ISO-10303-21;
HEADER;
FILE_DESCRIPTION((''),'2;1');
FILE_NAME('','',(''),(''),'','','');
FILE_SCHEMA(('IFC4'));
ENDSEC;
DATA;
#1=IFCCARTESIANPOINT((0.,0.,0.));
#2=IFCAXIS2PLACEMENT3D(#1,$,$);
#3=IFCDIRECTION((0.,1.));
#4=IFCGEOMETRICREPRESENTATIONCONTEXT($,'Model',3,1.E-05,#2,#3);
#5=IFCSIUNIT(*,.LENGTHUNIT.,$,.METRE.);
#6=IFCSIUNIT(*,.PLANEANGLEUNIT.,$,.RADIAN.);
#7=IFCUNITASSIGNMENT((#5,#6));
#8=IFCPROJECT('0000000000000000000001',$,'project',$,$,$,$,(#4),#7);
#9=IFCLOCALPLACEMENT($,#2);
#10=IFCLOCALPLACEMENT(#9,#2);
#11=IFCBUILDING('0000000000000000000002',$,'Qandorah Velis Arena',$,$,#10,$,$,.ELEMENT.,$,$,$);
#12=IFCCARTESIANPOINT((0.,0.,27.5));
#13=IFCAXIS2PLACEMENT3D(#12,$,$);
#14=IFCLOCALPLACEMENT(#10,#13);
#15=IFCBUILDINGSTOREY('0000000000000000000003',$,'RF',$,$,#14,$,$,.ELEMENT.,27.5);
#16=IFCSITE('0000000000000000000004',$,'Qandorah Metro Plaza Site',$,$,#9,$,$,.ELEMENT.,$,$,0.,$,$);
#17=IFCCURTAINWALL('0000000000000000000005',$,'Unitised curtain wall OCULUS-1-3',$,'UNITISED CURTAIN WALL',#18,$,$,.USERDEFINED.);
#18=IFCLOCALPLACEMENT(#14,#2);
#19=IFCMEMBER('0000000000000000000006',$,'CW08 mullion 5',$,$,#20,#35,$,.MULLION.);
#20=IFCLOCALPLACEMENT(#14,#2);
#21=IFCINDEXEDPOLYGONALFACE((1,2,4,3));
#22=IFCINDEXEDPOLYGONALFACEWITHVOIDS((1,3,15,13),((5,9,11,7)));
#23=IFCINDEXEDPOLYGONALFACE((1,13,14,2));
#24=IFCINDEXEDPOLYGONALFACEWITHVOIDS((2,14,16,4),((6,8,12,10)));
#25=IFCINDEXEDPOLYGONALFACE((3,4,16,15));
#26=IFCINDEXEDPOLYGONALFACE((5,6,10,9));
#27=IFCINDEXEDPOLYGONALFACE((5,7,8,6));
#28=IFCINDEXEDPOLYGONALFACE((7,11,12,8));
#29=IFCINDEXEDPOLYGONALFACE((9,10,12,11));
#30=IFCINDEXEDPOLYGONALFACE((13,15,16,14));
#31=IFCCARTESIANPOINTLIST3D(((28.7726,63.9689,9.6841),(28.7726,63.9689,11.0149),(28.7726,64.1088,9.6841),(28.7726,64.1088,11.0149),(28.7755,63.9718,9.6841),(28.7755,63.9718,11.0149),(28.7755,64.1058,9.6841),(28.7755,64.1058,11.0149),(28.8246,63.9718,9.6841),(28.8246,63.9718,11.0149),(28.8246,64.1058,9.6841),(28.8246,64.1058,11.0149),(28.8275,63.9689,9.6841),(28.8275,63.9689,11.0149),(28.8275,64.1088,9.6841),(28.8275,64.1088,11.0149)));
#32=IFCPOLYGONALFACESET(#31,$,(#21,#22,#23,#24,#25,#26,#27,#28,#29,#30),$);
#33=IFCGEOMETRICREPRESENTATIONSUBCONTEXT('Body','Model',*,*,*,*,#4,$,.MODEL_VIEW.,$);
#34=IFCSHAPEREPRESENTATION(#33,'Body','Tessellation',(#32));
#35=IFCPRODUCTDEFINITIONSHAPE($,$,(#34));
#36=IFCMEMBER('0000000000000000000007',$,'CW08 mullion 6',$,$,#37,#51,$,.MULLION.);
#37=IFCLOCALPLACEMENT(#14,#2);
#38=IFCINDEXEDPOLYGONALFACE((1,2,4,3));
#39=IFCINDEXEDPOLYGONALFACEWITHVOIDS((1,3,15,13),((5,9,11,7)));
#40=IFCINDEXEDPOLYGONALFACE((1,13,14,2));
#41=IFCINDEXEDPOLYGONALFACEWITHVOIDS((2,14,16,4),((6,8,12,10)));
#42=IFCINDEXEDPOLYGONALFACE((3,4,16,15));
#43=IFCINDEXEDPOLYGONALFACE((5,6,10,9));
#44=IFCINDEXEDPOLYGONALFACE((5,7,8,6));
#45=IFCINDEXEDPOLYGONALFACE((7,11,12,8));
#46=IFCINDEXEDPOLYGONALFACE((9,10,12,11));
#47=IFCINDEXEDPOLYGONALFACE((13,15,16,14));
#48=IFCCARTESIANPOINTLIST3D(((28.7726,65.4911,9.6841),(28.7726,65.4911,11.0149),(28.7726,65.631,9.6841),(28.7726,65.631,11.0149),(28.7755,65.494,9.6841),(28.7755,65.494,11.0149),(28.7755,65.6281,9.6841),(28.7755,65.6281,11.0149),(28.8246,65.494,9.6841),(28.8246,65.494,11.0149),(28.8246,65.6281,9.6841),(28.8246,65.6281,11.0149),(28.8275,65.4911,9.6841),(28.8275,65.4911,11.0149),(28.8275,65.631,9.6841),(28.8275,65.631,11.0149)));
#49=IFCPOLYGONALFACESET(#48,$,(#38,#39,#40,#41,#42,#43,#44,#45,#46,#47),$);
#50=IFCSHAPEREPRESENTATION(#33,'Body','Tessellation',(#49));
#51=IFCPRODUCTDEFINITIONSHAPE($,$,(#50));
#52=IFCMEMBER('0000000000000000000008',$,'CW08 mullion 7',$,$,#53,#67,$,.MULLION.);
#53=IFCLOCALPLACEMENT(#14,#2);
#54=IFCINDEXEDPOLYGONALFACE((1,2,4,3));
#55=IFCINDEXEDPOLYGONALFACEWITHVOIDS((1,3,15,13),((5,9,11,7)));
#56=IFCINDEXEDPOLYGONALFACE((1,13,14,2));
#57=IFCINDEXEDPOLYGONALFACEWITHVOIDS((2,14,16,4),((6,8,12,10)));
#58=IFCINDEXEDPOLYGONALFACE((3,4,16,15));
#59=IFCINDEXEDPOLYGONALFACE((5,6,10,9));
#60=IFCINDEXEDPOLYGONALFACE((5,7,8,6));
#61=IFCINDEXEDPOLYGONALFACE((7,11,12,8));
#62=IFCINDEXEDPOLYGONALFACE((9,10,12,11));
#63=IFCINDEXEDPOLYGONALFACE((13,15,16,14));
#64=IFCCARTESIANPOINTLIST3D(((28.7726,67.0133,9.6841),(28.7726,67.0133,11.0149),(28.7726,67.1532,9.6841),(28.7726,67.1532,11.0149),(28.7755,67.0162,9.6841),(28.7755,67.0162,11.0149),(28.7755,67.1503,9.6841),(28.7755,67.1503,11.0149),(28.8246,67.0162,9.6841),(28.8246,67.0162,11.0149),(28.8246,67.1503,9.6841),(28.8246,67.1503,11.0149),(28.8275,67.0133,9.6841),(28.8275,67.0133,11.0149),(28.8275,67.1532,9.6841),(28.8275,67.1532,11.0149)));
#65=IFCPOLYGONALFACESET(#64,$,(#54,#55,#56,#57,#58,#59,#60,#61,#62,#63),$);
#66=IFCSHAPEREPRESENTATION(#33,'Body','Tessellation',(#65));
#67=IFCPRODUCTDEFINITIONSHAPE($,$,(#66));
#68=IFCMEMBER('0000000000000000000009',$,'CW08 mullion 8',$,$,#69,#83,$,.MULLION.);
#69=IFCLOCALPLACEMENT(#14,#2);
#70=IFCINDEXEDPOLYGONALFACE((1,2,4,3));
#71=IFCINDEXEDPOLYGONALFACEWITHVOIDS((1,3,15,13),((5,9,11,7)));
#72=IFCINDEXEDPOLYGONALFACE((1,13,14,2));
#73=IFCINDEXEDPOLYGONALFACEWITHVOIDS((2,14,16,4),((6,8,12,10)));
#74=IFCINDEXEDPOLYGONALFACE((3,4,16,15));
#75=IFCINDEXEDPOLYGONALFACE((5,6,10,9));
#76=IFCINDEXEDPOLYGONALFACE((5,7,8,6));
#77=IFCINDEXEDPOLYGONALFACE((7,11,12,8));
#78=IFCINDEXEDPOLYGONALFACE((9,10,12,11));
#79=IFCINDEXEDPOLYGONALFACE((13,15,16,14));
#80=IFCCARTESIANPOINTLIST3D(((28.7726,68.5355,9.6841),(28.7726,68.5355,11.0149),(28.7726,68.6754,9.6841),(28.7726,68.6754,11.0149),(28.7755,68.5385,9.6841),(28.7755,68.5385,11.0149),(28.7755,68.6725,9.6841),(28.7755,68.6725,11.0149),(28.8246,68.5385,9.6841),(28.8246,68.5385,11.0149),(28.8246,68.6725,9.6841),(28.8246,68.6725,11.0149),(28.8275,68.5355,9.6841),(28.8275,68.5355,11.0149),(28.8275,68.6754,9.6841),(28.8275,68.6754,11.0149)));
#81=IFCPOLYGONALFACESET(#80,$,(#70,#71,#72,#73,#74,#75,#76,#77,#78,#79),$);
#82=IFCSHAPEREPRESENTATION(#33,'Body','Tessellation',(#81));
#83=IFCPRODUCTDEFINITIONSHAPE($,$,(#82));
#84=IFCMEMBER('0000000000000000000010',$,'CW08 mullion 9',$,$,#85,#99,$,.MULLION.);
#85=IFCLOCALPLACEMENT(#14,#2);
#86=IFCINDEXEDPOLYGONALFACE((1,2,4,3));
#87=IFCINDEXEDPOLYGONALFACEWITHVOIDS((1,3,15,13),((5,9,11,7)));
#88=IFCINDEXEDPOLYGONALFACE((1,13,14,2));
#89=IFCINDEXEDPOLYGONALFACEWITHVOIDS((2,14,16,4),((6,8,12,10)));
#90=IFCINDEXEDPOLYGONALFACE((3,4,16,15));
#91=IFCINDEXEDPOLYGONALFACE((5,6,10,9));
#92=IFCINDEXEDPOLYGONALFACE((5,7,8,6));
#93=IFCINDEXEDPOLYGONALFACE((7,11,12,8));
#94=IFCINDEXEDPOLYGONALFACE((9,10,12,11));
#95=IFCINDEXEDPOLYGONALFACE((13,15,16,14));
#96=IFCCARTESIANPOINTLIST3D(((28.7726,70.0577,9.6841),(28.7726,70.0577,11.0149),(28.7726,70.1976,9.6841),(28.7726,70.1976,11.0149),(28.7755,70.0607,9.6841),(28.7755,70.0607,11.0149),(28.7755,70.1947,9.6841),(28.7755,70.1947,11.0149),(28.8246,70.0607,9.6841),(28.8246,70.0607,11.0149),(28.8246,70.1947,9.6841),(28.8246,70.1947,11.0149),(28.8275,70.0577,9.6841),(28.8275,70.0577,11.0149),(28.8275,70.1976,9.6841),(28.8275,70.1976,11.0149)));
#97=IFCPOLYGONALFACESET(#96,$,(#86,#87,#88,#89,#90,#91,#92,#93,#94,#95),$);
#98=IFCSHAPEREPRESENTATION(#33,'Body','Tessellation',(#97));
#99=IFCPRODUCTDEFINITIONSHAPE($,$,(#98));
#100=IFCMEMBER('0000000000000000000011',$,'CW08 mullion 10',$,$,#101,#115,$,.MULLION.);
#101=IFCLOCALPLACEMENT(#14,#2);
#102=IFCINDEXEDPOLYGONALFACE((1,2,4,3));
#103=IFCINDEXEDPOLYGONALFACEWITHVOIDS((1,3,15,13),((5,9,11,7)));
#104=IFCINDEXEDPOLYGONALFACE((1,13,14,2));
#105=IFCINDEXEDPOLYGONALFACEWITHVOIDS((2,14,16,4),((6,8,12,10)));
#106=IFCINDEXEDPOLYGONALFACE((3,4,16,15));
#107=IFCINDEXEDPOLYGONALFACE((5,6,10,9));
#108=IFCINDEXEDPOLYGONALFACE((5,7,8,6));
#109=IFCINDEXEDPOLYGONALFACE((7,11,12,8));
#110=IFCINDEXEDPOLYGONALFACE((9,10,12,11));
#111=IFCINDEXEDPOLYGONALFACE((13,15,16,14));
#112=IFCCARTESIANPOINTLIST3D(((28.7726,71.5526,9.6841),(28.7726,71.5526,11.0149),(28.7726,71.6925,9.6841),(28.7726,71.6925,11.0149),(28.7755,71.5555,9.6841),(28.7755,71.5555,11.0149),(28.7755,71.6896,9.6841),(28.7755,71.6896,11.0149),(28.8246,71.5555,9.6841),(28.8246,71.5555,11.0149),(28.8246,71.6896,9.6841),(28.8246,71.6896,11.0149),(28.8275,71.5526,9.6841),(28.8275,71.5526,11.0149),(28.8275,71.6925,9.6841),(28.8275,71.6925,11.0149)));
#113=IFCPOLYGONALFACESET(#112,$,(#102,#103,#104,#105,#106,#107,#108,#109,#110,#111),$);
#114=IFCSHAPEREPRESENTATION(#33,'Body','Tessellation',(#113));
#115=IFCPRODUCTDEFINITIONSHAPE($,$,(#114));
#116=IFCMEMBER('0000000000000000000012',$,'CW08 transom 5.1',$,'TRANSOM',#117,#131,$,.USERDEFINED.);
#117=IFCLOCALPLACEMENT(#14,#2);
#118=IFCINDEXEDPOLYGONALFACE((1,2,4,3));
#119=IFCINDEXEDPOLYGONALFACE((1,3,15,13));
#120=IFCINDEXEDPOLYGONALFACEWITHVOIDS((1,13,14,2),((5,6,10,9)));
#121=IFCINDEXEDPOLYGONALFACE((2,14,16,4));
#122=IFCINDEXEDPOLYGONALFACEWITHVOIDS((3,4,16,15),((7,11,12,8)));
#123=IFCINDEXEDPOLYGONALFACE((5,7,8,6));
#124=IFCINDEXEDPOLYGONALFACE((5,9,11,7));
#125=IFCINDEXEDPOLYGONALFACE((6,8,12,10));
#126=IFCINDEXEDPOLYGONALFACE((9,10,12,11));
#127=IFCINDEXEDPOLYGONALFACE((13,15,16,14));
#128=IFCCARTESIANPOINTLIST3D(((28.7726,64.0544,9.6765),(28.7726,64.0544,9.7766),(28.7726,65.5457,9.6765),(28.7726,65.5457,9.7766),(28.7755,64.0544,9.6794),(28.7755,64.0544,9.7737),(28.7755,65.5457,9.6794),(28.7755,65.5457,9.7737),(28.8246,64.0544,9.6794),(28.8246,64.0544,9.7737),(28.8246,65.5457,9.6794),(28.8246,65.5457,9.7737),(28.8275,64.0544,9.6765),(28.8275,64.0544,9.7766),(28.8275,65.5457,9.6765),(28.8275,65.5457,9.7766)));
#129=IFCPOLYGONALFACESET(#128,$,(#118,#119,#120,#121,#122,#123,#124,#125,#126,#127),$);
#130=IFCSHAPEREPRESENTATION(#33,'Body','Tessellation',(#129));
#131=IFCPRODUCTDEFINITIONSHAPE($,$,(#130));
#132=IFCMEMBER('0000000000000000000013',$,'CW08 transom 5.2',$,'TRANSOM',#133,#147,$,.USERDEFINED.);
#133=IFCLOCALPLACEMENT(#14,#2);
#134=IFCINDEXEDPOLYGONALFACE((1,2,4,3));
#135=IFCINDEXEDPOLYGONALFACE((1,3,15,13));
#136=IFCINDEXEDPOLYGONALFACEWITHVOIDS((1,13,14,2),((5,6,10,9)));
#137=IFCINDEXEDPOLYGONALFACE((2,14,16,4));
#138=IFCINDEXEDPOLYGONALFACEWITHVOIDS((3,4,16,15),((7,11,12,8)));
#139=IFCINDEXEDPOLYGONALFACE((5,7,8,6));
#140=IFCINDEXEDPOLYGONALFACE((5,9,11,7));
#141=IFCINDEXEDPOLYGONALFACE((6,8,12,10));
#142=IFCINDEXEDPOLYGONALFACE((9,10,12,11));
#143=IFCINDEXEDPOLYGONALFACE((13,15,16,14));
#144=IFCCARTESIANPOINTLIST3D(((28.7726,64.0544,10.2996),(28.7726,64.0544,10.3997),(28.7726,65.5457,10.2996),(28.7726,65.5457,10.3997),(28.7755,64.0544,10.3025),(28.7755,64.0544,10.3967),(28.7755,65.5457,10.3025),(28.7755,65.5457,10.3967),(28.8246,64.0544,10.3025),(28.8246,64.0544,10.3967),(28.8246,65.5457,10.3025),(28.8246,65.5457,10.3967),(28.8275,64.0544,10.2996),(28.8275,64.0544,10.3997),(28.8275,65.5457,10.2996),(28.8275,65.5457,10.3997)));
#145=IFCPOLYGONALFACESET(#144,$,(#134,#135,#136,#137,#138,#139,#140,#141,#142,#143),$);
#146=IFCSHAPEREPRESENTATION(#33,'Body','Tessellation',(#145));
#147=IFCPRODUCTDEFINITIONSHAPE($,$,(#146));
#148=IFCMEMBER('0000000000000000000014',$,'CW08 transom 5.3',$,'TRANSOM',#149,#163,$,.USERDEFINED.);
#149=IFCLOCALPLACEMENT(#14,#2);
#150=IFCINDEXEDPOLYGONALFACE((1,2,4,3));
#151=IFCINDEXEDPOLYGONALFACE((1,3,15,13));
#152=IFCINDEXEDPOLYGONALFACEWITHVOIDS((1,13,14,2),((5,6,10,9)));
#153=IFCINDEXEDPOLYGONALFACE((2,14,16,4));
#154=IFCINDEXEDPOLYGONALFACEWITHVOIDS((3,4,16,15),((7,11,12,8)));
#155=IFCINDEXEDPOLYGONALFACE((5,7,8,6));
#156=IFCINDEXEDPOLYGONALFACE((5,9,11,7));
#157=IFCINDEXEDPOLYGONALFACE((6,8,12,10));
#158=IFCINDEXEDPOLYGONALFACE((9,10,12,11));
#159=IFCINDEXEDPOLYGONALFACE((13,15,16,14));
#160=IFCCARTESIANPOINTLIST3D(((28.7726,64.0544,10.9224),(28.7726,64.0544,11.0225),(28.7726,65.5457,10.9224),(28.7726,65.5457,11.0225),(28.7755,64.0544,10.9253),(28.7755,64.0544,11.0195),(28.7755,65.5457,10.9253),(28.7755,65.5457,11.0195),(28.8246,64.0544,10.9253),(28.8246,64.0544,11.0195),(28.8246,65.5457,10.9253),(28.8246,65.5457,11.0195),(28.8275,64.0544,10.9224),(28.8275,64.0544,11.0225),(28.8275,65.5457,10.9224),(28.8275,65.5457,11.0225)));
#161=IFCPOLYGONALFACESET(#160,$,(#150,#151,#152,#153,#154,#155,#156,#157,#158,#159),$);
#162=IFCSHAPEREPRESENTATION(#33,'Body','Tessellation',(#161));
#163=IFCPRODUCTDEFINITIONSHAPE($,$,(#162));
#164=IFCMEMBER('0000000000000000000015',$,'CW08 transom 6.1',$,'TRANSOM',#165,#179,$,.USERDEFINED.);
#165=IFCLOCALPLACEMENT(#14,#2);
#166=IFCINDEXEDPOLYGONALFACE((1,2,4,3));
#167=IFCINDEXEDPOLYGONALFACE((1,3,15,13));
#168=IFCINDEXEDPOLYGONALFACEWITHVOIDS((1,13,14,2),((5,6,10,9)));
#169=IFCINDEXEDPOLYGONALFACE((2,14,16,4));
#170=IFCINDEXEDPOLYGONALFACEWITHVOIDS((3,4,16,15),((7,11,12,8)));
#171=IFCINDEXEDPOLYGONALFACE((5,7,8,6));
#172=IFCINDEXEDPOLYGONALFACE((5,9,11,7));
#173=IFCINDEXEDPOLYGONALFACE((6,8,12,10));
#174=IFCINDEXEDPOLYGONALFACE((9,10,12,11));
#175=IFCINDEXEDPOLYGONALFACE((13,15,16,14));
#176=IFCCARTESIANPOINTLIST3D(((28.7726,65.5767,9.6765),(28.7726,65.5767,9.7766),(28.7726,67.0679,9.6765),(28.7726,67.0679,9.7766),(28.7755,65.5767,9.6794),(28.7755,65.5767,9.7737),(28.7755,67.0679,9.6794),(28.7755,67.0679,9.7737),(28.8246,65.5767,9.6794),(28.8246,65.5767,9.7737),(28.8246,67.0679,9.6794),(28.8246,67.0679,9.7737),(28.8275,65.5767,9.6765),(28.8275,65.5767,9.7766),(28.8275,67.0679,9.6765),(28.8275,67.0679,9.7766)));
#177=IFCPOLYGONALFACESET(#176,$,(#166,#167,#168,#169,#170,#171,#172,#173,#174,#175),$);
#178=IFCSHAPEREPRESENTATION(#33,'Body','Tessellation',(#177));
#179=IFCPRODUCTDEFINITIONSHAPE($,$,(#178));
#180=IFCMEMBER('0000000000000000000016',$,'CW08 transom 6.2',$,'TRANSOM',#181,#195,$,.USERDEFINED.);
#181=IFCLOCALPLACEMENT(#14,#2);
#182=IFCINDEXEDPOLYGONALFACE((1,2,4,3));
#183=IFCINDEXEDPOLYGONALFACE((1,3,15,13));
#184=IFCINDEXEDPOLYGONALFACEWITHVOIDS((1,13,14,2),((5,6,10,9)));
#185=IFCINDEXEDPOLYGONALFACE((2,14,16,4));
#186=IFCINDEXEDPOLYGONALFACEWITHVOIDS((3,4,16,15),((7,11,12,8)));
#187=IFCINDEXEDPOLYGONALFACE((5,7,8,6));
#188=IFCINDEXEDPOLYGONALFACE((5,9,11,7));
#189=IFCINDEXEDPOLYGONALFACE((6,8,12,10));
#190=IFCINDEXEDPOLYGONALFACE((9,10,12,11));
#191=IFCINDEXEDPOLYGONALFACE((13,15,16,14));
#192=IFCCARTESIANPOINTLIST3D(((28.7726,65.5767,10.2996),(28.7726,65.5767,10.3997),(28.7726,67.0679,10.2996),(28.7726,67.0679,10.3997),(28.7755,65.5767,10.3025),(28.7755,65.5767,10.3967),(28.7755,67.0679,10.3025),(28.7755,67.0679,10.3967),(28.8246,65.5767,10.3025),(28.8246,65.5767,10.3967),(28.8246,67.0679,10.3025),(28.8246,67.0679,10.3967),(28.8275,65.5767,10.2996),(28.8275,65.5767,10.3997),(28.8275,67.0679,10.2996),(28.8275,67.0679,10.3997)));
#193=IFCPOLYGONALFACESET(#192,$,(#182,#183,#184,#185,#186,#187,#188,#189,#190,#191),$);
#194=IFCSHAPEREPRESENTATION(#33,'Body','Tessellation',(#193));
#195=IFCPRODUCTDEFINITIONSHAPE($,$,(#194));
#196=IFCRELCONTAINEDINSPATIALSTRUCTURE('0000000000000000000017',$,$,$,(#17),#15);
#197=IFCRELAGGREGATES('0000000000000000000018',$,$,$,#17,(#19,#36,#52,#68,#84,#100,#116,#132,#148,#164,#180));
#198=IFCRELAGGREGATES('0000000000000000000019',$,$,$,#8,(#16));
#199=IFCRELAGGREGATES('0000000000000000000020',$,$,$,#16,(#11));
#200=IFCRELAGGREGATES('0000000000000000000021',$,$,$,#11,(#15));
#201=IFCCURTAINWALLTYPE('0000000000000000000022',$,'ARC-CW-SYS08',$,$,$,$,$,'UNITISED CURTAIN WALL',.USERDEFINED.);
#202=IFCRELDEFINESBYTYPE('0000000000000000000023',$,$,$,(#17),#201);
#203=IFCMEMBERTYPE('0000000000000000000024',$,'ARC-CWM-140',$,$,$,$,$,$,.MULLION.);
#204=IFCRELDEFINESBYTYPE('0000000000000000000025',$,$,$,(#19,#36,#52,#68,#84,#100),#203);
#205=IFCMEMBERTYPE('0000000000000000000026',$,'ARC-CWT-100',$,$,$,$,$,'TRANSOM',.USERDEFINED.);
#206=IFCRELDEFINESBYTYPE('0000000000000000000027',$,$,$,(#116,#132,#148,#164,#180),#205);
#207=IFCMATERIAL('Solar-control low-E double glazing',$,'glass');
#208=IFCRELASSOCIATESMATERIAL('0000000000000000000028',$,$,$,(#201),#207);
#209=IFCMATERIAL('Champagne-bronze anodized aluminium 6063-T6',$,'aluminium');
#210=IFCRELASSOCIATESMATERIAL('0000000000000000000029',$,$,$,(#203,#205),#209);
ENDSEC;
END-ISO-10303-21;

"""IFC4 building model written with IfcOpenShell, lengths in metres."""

from ifc_helpers import new_model, si_unit, direction, frame, origin, origin_2d, place, context, subcontext, project, spatial, hollow_rectangle, extrude, material, material_profile, profile_set, type_object, element, aggregate, save


model = new_model("IFC4")

# Units and contexts
model_context = context("Model", 3, precision=1e-05, world=origin(), true_north=direction((0.0, 1.0)))
body_context = subcontext(model_context, "Body", "Model", "MODEL_VIEW")
ifc_project = project(units=[si_unit("LENGTHUNIT", "METRE"), si_unit("PLANEANGLEUNIT", "RADIAN")], contexts=[model_context])

# Site, building, storey
site_placement = place(None, origin())
site = spatial("IfcSite", under=ifc_project, at=site_placement, Name="Qandorah Metro Plaza Site", CompositionType="ELEMENT", RefElevation=0.0)
building_placement = place(site_placement, origin())
building = spatial("IfcBuilding", under=site, at=building_placement, Name="Qandorah Velis Arena", CompositionType="ELEMENT")
storey_placement = place(building_placement, frame((0.0, 0.0, 27.5)))
storey = spatial("IfcBuildingStorey", under=building, at=storey_placement, Name="RF", CompositionType="ELEMENT", Elevation=27.5)

# Curtain wall, members
ifc_material_1 = material(Name="Solar-control low-E double glazing", Category="glass")
curtain_wall_type = type_object("IfcCurtainWallType", Name="ARC-CW-SYS08", ElementType="UNITISED CURTAIN WALL", PredefinedType="USERDEFINED", material=ifc_material_1)
curtain_wall_placement = place(storey_placement, origin())
curtain_wall = element("IfcCurtainWall", 1, at=curtain_wall_placement, inside=storey, type_object=curtain_wall_type, Name="Unitised curtain wall OCULUS-1-3", ObjectType="UNITISED CURTAIN WALL", PredefinedType="USERDEFINED")
ifc_material_2 = material(Name="Champagne-bronze anodized aluminium 6063-T6", Category="aluminium")
ifc_material_profile_1 = material_profile(ifc_material_2, hollow_rectangle(XDim=0.0549, YDim=0.1399, WallThickness=0.0029, at=origin_2d()), Name="ALU MULLION 55x140")
ifc_profile_set_1 = profile_set([ifc_material_profile_1], Name="Champagne-bronze anodized aluminium 6063-T6")
member_type_1 = type_object("IfcMemberType", Name="ARC-CWM-140", PredefinedType="MULLION", material=ifc_profile_set_1)
member_1_placement = place(storey_placement, frame((28.8, 64.0388, 9.6841), z_axis=(0.0, 0.0, 1.0), x_axis=(-1.0, 0.0, 0.0)))
member_1 = element("IfcMember", 2, at=member_1_placement, type_object=member_type_1, Name="CW08 mullion 5", PredefinedType="MULLION", context=body_context, shape_type="SweptSolid", body=[
    extrude(hollow_rectangle(XDim=0.0549, YDim=0.1399, WallThickness=0.0029, at=origin_2d()), origin(), (0.0, 0.0, 1.0), 1.3308),
])
member_2_placement = place(storey_placement, frame((28.8, 65.561, 9.6841), z_axis=(0.0, 0.0, 1.0), x_axis=(-1.0, 0.0, 0.0)))
member_2 = element("IfcMember", 3, at=member_2_placement, type_object=member_type_1, Name="CW08 mullion 6", PredefinedType="MULLION", context=body_context, shape_type="SweptSolid", body=[
    extrude(hollow_rectangle(XDim=0.0549, YDim=0.1399, WallThickness=0.0029, at=origin_2d()), origin(), (0.0, 0.0, 1.0), 1.3308),
])
member_3_placement = place(storey_placement, frame((28.8, 67.0833, 9.6841), z_axis=(0.0, 0.0, 1.0), x_axis=(-1.0, 0.0, 0.0)))
member_3 = element("IfcMember", 4, at=member_3_placement, type_object=member_type_1, Name="CW08 mullion 7", PredefinedType="MULLION", context=body_context, shape_type="SweptSolid", body=[
    extrude(hollow_rectangle(XDim=0.0549, YDim=0.1399, WallThickness=0.0029, at=origin_2d()), origin(), (0.0, 0.0, 1.0), 1.3308),
])
member_4_placement = place(storey_placement, frame((28.8, 68.6055, 9.6841), z_axis=(0.0, 0.0, 1.0), x_axis=(-1.0, 0.0, 0.0)))
member_4 = element("IfcMember", 5, at=member_4_placement, type_object=member_type_1, Name="CW08 mullion 8", PredefinedType="MULLION", context=body_context, shape_type="SweptSolid", body=[
    extrude(hollow_rectangle(XDim=0.0549, YDim=0.1399, WallThickness=0.0029, at=origin_2d()), origin(), (0.0, 0.0, 1.0), 1.3308),
])
member_5_placement = place(storey_placement, frame((28.8, 70.1277, 9.6841), z_axis=(0.0, 0.0, 1.0), x_axis=(-1.0, 0.0, 0.0)))
member_5 = element("IfcMember", 6, at=member_5_placement, type_object=member_type_1, Name="CW08 mullion 9", PredefinedType="MULLION", context=body_context, shape_type="SweptSolid", body=[
    extrude(hollow_rectangle(XDim=0.0549, YDim=0.1399, WallThickness=0.0029, at=origin_2d()), origin(), (0.0, 0.0, 1.0), 1.3308),
])
member_6_placement = place(storey_placement, frame((28.8, 71.6226, 9.6841), z_axis=(0.0, 0.0, 1.0), x_axis=(-1.0, 0.0, 0.0)))
member_6 = element("IfcMember", 7, at=member_6_placement, type_object=member_type_1, Name="CW08 mullion 10", PredefinedType="MULLION", context=body_context, shape_type="SweptSolid", body=[
    extrude(hollow_rectangle(XDim=0.0549, YDim=0.1399, WallThickness=0.0029, at=origin_2d()), origin(), (0.0, 0.0, 1.0), 1.3308),
])
ifc_material_profile_2 = material_profile(ifc_material_2, hollow_rectangle(XDim=0.0549, YDim=0.1001, WallThickness=0.0029, at=origin_2d()), Name="ALU TRANSOM 55x100")
ifc_profile_set_2 = profile_set([ifc_material_profile_2], Name="Champagne-bronze anodized aluminium 6063-T6")
member_type_2 = type_object("IfcMemberType", Name="ARC-CWT-100", ElementType="TRANSOM", PredefinedType="USERDEFINED", material=ifc_profile_set_2)
member_7_placement = place(storey_placement, frame((28.8, 64.0544, 9.7266), z_axis=(0.0, 1.0, 0.0), x_axis=(-1.0, 0.0, 0.0)))
member_7 = element("IfcMember", 8, at=member_7_placement, type_object=member_type_2, Name="CW08 transom 5.1", ObjectType="TRANSOM", PredefinedType="USERDEFINED", context=body_context, shape_type="SweptSolid", body=[
    extrude(hollow_rectangle(XDim=0.0549, YDim=0.1001, WallThickness=0.0029, at=origin_2d()), origin(), (0.0, 0.0, 1.0), 1.4912),
])
member_8_placement = place(storey_placement, frame((28.8, 64.0544, 10.3496), z_axis=(0.0, 1.0, 0.0), x_axis=(-1.0, 0.0, 0.0)))
member_8 = element("IfcMember", 9, at=member_8_placement, type_object=member_type_2, Name="CW08 transom 5.2", ObjectType="TRANSOM", PredefinedType="USERDEFINED", context=body_context, shape_type="SweptSolid", body=[
    extrude(hollow_rectangle(XDim=0.0549, YDim=0.1001, WallThickness=0.0029, at=origin_2d()), origin(), (0.0, 0.0, 1.0), 1.4912),
])
member_9_placement = place(storey_placement, frame((28.8, 64.0544, 10.9724), z_axis=(0.0, 1.0, 0.0), x_axis=(-1.0, 0.0, 0.0)))
member_9 = element("IfcMember", 10, at=member_9_placement, type_object=member_type_2, Name="CW08 transom 5.3", ObjectType="TRANSOM", PredefinedType="USERDEFINED", context=body_context, shape_type="SweptSolid", body=[
    extrude(hollow_rectangle(XDim=0.0549, YDim=0.1001, WallThickness=0.0029, at=origin_2d()), origin(), (0.0, 0.0, 1.0), 1.4912),
])
member_10_placement = place(storey_placement, frame((28.8, 65.5767, 9.7266), z_axis=(0.0, 1.0, 0.0), x_axis=(-1.0, 0.0, 0.0)))
member_10 = element("IfcMember", 11, at=member_10_placement, type_object=member_type_2, Name="CW08 transom 6.1", ObjectType="TRANSOM", PredefinedType="USERDEFINED", context=body_context, shape_type="SweptSolid", body=[
    extrude(hollow_rectangle(XDim=0.0549, YDim=0.1001, WallThickness=0.0029, at=origin_2d()), origin(), (0.0, 0.0, 1.0), 1.4912),
])
member_11_placement = place(storey_placement, frame((28.8, 65.5767, 10.3496), z_axis=(0.0, 1.0, 0.0), x_axis=(-1.0, 0.0, 0.0)))
member_11 = element("IfcMember", 12, at=member_11_placement, type_object=member_type_2, Name="CW08 transom 6.2", ObjectType="TRANSOM", PredefinedType="USERDEFINED", context=body_context, shape_type="SweptSolid", body=[
    extrude(hollow_rectangle(XDim=0.0549, YDim=0.1001, WallThickness=0.0029, at=origin_2d()), origin(), (0.0, 0.0, 1.0), 1.4912),
])

aggregate(curtain_wall, [member_1, member_2, member_3, member_4, member_5, member_6, member_7, member_8, member_9, member_10, member_11])

save(model, "model.ifc")
